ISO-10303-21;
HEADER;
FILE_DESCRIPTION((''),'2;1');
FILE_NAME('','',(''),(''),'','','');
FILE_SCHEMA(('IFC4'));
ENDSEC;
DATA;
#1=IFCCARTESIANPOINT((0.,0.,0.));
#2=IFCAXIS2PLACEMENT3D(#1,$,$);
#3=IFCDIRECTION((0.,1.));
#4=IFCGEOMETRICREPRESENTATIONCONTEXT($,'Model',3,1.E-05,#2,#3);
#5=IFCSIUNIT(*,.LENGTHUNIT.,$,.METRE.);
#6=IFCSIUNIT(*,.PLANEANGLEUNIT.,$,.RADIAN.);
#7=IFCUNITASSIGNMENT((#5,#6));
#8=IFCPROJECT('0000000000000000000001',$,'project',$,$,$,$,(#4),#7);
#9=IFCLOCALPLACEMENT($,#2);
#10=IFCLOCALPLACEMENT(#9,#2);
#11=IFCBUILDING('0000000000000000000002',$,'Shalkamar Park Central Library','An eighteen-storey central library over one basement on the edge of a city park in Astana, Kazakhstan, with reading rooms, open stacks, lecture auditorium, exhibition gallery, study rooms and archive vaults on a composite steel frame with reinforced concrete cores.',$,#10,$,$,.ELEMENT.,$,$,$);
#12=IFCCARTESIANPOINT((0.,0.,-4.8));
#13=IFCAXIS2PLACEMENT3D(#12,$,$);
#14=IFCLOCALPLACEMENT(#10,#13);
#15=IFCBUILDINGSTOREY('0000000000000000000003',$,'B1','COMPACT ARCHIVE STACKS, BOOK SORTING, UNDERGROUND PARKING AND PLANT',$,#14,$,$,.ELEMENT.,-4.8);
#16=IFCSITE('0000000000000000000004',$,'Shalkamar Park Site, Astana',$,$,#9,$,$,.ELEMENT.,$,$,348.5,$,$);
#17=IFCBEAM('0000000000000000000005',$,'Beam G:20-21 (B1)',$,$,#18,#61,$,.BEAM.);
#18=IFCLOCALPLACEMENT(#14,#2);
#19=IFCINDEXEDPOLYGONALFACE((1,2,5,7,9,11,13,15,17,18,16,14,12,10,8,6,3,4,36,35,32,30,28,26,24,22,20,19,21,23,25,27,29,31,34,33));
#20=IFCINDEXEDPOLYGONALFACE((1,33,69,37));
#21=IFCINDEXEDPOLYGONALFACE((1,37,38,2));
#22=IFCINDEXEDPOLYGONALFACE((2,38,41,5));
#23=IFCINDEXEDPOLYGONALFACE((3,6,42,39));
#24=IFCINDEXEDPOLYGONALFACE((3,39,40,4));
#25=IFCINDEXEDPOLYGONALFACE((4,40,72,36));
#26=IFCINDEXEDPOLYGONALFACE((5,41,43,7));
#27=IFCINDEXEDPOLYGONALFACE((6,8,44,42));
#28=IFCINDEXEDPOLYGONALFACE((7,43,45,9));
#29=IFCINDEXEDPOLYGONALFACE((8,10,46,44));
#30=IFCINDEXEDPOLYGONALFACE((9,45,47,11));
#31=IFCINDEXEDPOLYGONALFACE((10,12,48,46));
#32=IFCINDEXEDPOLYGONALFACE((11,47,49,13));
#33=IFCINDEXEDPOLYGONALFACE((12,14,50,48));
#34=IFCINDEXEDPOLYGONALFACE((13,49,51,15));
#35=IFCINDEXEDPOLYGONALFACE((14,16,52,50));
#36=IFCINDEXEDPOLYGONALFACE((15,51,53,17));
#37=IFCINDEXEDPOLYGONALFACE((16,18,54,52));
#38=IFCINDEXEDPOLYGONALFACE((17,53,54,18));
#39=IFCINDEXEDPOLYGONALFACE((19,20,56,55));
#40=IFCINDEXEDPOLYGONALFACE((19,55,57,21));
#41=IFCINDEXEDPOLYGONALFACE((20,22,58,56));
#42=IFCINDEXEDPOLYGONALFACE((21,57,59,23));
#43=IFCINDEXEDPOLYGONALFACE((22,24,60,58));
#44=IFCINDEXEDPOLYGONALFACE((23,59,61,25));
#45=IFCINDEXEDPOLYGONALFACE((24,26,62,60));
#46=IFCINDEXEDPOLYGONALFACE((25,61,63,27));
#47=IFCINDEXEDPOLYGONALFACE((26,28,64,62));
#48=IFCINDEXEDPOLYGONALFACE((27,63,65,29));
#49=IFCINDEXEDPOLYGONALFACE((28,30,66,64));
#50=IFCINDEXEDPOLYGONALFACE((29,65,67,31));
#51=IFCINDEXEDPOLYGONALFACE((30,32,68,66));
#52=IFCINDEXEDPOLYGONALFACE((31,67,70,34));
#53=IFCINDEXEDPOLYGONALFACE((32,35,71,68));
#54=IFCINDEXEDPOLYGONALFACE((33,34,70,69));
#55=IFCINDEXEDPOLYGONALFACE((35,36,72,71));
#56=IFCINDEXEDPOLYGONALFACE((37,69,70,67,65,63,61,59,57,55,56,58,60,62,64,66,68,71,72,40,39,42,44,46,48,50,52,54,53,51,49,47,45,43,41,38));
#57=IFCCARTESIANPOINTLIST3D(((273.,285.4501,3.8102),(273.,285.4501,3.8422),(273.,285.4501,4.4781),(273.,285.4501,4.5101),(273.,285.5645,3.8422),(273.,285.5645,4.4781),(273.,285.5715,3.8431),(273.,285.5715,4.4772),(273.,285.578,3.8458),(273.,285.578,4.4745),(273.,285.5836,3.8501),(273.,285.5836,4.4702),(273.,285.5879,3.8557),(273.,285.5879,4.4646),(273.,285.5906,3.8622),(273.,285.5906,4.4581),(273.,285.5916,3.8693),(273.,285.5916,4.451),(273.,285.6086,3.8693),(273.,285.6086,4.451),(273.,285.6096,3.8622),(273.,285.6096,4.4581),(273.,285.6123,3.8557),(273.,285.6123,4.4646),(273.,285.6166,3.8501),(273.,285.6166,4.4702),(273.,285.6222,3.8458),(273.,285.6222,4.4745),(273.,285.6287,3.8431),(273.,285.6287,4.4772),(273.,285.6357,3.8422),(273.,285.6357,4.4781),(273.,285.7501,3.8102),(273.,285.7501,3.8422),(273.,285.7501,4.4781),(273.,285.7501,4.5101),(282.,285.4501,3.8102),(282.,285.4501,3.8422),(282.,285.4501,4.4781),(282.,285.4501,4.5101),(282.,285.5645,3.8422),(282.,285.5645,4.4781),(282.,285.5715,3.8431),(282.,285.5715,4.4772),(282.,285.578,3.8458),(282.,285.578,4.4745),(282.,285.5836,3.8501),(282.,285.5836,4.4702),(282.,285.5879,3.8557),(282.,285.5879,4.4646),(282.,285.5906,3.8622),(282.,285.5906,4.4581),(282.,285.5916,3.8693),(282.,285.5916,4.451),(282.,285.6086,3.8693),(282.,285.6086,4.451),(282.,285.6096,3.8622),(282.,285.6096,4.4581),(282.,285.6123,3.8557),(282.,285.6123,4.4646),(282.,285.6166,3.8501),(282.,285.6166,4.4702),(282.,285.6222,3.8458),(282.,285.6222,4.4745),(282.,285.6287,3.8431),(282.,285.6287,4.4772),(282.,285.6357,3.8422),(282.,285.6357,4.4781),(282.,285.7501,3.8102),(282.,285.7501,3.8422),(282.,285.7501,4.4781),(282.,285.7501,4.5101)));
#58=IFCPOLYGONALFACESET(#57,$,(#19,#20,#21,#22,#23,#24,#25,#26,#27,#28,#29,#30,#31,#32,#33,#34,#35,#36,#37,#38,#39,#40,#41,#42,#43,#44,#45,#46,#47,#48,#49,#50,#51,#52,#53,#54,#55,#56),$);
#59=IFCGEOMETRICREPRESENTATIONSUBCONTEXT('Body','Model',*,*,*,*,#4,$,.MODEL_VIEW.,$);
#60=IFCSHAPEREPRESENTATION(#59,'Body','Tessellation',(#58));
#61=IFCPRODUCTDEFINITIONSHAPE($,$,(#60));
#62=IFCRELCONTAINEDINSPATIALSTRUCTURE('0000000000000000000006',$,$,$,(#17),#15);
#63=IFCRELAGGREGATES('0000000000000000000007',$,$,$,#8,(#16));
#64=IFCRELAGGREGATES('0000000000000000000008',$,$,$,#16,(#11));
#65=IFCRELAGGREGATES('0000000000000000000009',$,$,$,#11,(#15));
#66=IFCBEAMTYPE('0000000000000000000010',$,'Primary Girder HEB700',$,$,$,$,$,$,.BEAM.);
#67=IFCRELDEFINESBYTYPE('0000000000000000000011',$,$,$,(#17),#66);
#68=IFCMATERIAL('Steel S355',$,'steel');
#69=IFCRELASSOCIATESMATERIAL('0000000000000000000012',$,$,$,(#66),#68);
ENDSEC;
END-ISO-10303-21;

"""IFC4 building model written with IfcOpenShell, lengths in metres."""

from ifc_helpers import new_model, si_unit, direction, frame, origin, origin_2d, place, context, subcontext, project, spatial, i_section, extrude, material, material_profile, profile_set, type_object, element, save


model = new_model("IFC4")

# Units and contexts
model_context = context("Model", 3, precision=1e-05, world=origin(), true_north=direction((0.0, 1.0)))
body_context = subcontext(model_context, "Body", "Model", "MODEL_VIEW")
ifc_project = project(units=[si_unit("LENGTHUNIT", "METRE"), si_unit("PLANEANGLEUNIT", "RADIAN")], contexts=[model_context])

# Site, building, storey
site_placement = place(None, origin())
site = spatial("IfcSite", under=ifc_project, at=site_placement, Name="Shalkamar Park Site, Astana", CompositionType="ELEMENT", RefElevation=348.5)
building_placement = place(site_placement, origin())
building = spatial("IfcBuilding", under=site, at=building_placement, Name="Shalkamar Park Central Library", Description="An eighteen-storey central library over one basement on the edge of a city park in Astana, Kazakhstan, with reading rooms, open stacks, lecture auditorium, exhibition gallery, study rooms and archive vaults on a composite steel frame with reinforced concrete cores.", CompositionType="ELEMENT")
storey_placement = place(building_placement, frame((0.0, 0.0, -4.8)))
storey = spatial("IfcBuildingStorey", under=building, at=storey_placement, Name="B1", Description="COMPACT ARCHIVE STACKS, BOOK SORTING, UNDERGROUND PARKING AND PLANT", CompositionType="ELEMENT", Elevation=-4.8)

# Shared definitions
ifc_material_1 = material(Name="Steel S355", Category="steel")

# Beam
ifc_material_profile_1 = material_profile(ifc_material_1, i_section(OverallWidth=0.3, OverallDepth=0.7, WebThickness=0.0171, FlangeThickness=0.032, FilletRadius=0.0271, at=origin_2d()), Name="HEB 700")
ifc_profile_set_1 = profile_set([ifc_material_profile_1], Name="Steel S355")
beam_type_1 = type_object("IfcBeamType", Name="Primary Girder HEB700", PredefinedType="BEAM", material=ifc_profile_set_1)
for number, where, z_axis, x_axis, name in (
    (1, (273.0, 285.6001, 4.1602), (1.0, 0.0, 0.0), (0.0, 1.0, 0.0), "Beam G:20-21 (B1)"),
):
    element("IfcBeam", number, at=place(storey_placement, frame(where, z_axis=z_axis, x_axis=x_axis)), inside=storey, type_object=beam_type_1, Name=name, PredefinedType="BEAM", context=body_context, shape_type="SweptSolid", body=[
        extrude(i_section(OverallWidth=0.3, OverallDepth=0.7, WebThickness=0.0171, FlangeThickness=0.032, FilletRadius=0.0271, at=origin_2d()), origin(), (0.0, 0.0, 1.0), 9.0),
    ])

save(model, "model.ifc")
